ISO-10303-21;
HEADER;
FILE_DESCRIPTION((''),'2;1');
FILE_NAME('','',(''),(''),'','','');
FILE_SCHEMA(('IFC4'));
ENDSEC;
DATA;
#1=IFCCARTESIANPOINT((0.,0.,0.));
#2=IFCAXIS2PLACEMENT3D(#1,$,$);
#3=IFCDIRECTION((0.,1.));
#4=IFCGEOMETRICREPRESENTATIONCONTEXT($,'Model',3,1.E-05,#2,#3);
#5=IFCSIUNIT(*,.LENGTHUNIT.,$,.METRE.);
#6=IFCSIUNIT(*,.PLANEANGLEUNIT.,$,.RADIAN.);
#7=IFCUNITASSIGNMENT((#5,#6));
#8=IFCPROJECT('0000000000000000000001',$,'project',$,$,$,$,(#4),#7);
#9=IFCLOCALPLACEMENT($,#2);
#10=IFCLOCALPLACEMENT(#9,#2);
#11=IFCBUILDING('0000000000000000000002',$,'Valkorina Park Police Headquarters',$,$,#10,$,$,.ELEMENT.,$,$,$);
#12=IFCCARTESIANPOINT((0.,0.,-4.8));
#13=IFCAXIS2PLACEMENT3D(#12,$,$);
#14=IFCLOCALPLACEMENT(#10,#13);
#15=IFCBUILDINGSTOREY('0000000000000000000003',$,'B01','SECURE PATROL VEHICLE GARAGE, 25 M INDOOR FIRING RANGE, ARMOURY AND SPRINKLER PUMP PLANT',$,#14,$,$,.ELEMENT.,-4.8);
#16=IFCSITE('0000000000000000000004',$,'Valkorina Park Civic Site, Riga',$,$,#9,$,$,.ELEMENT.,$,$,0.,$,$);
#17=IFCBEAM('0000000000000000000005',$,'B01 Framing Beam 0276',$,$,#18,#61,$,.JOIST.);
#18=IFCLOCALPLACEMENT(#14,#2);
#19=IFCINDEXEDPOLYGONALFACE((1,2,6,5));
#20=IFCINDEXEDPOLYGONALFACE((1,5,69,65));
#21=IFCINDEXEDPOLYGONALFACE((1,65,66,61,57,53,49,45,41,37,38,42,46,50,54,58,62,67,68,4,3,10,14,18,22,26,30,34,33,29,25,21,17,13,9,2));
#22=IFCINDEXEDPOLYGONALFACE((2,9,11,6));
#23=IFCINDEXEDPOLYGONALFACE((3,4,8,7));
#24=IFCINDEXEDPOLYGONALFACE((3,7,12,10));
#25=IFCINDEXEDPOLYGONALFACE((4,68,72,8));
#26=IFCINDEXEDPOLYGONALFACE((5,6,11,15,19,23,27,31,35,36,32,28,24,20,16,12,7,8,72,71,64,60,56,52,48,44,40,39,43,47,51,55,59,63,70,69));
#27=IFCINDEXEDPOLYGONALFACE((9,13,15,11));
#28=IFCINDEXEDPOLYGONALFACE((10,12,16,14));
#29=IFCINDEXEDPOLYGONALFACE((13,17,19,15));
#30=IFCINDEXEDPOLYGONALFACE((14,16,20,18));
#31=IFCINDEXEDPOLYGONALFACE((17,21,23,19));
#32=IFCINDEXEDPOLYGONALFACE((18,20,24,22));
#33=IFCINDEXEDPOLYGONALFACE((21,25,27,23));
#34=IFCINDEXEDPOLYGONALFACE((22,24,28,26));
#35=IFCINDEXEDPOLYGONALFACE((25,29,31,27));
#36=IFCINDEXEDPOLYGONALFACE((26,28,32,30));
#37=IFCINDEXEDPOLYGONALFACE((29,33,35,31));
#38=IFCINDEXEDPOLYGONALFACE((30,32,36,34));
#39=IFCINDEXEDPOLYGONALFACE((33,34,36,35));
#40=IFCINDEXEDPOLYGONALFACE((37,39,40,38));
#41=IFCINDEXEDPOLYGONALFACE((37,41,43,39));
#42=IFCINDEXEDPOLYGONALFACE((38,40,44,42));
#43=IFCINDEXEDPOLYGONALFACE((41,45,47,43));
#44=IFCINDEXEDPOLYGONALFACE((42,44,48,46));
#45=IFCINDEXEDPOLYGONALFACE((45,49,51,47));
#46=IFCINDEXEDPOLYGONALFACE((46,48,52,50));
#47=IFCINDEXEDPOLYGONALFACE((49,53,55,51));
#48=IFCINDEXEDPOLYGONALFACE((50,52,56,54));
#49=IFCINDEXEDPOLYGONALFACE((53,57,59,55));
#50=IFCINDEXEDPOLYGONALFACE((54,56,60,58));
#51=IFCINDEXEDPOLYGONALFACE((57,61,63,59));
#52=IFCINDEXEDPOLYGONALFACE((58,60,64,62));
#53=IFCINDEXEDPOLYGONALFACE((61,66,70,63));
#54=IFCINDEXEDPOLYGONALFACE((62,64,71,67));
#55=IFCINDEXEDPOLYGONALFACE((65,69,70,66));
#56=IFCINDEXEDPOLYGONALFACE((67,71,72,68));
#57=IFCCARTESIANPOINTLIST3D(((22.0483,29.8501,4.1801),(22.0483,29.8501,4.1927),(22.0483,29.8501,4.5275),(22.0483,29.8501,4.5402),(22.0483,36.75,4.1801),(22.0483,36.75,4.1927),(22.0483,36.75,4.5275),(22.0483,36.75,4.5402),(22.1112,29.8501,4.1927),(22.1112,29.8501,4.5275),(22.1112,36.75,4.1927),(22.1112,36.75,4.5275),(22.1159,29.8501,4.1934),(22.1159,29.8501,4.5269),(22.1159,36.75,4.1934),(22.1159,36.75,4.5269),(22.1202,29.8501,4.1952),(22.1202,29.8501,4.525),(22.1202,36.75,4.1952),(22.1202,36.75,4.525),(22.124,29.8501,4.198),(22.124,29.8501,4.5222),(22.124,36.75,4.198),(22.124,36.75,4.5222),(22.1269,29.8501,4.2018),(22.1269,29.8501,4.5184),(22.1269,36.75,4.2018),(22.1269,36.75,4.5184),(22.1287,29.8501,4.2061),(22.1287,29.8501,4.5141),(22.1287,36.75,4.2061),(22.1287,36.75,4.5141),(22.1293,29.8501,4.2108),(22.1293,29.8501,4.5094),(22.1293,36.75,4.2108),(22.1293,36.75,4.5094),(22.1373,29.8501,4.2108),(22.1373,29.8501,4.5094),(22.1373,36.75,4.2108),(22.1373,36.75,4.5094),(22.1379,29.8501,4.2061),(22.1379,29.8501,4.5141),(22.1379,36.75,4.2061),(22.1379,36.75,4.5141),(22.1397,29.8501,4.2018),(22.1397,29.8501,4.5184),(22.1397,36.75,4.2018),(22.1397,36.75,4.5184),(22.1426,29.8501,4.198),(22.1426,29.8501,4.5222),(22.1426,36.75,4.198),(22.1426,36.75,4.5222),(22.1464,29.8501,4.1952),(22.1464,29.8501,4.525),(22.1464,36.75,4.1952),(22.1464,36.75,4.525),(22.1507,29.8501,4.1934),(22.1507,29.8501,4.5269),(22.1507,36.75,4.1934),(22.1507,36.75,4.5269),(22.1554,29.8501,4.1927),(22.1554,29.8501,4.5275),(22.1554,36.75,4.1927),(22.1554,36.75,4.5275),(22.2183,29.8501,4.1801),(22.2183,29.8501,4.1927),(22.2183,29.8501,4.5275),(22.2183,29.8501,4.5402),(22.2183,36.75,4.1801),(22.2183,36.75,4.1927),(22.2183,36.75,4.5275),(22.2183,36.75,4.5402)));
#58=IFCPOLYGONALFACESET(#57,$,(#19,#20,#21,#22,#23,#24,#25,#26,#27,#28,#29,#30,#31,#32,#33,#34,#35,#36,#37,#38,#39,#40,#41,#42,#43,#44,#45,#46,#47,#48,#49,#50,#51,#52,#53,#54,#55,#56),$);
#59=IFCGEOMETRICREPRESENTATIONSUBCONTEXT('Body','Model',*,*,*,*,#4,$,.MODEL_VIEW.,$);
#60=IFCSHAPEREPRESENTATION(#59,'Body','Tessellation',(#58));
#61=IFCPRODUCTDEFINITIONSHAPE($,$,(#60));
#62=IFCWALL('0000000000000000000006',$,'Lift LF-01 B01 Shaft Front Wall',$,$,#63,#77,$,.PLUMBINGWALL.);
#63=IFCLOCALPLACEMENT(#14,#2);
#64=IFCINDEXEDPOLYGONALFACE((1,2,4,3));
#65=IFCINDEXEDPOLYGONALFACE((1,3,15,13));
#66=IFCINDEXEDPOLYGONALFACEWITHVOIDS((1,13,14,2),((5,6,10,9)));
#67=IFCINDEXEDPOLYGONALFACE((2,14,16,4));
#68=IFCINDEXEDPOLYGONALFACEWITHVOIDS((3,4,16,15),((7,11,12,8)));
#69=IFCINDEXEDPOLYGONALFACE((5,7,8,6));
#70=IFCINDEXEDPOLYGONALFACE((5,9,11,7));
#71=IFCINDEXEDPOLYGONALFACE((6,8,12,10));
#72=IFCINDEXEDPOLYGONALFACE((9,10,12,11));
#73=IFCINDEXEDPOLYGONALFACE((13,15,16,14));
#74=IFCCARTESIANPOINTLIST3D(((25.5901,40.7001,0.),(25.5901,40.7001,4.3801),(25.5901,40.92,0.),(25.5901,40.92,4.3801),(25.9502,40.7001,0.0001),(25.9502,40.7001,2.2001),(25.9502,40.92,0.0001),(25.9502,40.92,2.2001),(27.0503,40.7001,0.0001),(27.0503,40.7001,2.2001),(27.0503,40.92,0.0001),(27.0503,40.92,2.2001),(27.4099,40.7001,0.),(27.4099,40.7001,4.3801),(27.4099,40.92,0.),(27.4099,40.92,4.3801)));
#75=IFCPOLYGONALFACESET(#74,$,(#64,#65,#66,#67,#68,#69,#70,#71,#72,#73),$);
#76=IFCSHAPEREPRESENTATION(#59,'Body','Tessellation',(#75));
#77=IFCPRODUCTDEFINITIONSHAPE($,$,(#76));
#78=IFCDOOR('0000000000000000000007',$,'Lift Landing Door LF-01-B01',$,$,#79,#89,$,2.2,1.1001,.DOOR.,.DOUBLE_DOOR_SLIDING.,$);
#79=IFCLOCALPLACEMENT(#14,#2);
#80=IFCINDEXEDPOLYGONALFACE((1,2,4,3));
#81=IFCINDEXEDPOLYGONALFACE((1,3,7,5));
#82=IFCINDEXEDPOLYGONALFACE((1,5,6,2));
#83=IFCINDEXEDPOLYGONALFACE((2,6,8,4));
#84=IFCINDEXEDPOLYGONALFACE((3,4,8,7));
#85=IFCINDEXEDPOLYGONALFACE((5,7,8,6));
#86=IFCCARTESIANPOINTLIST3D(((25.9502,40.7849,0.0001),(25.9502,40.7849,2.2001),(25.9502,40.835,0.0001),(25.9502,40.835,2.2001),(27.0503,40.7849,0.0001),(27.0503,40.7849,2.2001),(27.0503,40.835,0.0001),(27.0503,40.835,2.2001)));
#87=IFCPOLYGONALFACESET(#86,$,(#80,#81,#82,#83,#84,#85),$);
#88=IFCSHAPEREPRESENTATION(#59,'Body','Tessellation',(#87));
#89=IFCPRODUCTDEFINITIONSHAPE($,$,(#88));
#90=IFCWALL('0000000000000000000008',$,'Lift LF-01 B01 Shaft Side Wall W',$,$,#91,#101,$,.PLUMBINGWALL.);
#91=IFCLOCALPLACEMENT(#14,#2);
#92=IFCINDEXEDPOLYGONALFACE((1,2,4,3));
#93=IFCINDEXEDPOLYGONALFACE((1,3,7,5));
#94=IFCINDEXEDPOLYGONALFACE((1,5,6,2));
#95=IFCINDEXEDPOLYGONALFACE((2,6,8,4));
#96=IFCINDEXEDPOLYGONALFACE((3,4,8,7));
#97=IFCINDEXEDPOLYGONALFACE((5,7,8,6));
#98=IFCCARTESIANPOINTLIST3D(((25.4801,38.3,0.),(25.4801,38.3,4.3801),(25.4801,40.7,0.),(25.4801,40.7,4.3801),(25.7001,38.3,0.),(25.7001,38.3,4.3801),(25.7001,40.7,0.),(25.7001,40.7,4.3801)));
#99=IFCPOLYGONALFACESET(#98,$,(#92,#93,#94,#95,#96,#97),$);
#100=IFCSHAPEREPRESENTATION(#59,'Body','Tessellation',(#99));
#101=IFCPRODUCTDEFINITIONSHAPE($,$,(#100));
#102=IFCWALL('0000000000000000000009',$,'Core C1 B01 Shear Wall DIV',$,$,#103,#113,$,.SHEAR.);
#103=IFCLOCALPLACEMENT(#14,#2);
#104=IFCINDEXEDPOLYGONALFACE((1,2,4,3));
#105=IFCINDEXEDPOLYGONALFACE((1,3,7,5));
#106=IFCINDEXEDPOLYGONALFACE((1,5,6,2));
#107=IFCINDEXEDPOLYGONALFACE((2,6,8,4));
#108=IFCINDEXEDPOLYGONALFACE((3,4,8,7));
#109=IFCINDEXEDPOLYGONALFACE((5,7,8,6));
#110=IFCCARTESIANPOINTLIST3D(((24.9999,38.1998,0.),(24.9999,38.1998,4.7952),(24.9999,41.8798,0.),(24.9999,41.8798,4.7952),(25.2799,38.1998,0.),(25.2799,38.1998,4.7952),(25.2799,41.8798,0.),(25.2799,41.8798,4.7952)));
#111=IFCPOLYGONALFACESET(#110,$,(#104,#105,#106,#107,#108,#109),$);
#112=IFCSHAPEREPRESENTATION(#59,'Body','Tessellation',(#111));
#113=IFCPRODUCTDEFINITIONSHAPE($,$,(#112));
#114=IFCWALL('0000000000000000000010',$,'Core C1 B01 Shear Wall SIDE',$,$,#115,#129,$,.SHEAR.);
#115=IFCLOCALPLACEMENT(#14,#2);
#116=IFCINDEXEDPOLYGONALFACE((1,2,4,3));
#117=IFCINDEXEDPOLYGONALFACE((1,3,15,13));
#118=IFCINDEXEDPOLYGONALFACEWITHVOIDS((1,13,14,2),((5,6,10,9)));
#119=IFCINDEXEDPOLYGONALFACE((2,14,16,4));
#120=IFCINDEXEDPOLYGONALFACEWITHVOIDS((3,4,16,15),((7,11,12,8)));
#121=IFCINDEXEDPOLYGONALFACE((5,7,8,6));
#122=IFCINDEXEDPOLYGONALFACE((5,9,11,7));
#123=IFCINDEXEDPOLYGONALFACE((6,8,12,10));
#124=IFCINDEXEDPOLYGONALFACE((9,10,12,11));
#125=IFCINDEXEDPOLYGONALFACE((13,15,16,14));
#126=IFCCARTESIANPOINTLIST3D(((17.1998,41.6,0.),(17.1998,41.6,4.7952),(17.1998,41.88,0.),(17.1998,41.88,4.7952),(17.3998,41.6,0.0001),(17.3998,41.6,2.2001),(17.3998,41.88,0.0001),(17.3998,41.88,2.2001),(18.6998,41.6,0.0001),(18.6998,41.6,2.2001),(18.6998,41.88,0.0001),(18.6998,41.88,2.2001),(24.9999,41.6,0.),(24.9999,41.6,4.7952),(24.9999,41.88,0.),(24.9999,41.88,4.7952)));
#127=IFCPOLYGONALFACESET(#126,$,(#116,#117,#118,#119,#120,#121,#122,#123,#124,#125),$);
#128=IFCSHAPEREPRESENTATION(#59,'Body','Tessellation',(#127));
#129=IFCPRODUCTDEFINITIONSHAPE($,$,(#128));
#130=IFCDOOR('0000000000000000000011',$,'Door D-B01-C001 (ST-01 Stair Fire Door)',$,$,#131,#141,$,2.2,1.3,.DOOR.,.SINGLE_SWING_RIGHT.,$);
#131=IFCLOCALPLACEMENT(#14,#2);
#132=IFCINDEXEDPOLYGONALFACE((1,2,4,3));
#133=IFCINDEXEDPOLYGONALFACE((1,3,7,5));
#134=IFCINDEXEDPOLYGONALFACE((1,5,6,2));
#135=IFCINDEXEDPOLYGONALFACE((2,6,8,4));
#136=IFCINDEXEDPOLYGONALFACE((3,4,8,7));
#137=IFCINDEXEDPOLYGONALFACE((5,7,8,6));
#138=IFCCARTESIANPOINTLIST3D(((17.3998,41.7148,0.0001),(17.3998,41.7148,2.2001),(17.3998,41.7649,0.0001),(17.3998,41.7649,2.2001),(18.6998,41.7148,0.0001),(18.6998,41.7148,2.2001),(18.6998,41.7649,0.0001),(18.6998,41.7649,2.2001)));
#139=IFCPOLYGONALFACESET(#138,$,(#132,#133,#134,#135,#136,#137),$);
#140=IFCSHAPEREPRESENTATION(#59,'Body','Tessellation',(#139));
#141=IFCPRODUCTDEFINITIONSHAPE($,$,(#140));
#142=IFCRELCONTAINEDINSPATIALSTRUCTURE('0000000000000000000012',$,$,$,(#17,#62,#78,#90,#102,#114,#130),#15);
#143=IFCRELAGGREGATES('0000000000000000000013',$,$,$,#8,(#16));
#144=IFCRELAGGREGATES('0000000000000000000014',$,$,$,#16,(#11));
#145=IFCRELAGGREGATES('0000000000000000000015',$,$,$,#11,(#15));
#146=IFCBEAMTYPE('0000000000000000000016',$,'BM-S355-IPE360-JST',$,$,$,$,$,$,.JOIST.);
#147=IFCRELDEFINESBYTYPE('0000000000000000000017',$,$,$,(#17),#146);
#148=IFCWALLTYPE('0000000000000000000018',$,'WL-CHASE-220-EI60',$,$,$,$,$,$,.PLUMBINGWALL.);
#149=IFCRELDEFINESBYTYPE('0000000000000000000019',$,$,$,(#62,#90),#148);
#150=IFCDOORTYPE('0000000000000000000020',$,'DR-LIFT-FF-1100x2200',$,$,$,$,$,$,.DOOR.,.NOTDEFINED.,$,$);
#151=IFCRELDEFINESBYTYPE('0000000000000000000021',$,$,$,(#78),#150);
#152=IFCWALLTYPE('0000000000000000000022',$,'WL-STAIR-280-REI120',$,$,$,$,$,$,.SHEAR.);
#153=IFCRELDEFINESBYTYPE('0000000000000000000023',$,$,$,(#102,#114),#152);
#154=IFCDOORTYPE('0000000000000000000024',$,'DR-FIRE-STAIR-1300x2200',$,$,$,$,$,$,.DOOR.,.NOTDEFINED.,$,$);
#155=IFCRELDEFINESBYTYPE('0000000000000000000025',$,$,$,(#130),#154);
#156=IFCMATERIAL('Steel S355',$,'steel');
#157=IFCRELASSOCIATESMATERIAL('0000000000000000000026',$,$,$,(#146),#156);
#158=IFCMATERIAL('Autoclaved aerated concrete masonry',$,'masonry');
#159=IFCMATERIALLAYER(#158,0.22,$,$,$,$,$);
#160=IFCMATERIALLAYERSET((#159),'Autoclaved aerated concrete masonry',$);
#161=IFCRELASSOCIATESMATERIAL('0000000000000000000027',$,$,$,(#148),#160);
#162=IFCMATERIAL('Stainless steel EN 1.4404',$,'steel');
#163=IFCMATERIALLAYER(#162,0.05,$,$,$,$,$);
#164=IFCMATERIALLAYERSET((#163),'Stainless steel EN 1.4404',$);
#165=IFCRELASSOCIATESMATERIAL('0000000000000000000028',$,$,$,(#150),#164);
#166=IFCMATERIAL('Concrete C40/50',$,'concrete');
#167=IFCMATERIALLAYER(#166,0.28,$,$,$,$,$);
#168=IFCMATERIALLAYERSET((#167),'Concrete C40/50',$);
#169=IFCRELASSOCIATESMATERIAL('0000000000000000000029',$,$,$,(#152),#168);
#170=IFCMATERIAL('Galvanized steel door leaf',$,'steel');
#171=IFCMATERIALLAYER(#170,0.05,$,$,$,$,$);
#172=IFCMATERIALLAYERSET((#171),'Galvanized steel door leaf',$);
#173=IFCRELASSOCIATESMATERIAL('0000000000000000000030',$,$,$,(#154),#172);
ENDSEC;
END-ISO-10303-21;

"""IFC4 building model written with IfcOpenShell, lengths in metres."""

from ifc_helpers import new_model, si_unit, direction, frame, frame_2d, origin, origin_2d, place, context, subcontext, project, spatial, rectangle, i_section, extrude, material, layer, layer_set, material_profile, profile_set, type_object, element, fill, save


model = new_model("IFC4")

# Units and contexts
model_context = context("Model", 3, precision=1e-05, world=origin(), true_north=direction((0.0, 1.0)))
body_context = subcontext(model_context, "Body", "Model", "MODEL_VIEW")
ifc_project = project(units=[si_unit("LENGTHUNIT", "METRE"), si_unit("PLANEANGLEUNIT", "RADIAN")], contexts=[model_context])

# Site, building, storey
site_placement = place(None, origin())
site = spatial("IfcSite", under=ifc_project, at=site_placement, Name="Valkorina Park Civic Site, Riga", CompositionType="ELEMENT", RefElevation=0.0)
building_placement = place(site_placement, origin())
building = spatial("IfcBuilding", under=site, at=building_placement, Name="Valkorina Park Police Headquarters", CompositionType="ELEMENT")
storey_placement = place(building_placement, frame((0.0, 0.0, -4.8)))
storey = spatial("IfcBuildingStorey", under=building, at=storey_placement, Name="B01", Description="SECURE PATROL VEHICLE GARAGE, 25 M INDOOR FIRING RANGE, ARMOURY AND SPRINKLER PUMP PLANT", CompositionType="ELEMENT", Elevation=-4.8)

# Shared definitions
ifc_material_1 = material(Name="Concrete C40/50", Category="concrete")

# Beam
ifc_material_2 = material(Name="Steel S355", Category="steel")
ifc_material_profile_1 = material_profile(ifc_material_2, i_section(OverallWidth=0.1699, OverallDepth=0.3601, WebThickness=0.0081, FlangeThickness=0.0127, FilletRadius=0.0181, at=origin_2d()), Name="IPE 360")
ifc_profile_set_1 = profile_set([ifc_material_profile_1], Name="Steel S355")
beam_type_1 = type_object("IfcBeamType", Name="BM-S355-IPE360-JST", PredefinedType="JOIST", material=ifc_profile_set_1)
for number, where, z_axis, x_axis, name in (
    (1, (22.1333, 29.8501, 4.3601), (0.0, 1.0, 0.0), (-1.0, 0.0, 0.0), "B01 Framing Beam 0276"),
):
    element("IfcBeam", number, at=place(storey_placement, frame(where, z_axis=z_axis, x_axis=x_axis)), inside=storey, type_object=beam_type_1, Name=name, PredefinedType="JOIST", context=body_context, shape_type="SweptSolid", body=[
        extrude(i_section(OverallWidth=0.1699, OverallDepth=0.3601, WebThickness=0.0081, FlangeThickness=0.0127, FilletRadius=0.0181, at=origin_2d()), origin(), (0.0, 0.0, 1.0), 6.8999),
    ])

# Wall, opening, door
ifc_material_3 = material(Name="Autoclaved aerated concrete masonry", Category="masonry")
ifc_layer_1 = layer(ifc_material_3, 0.22)
ifc_layer_set_1 = layer_set([ifc_layer_1], Name="Autoclaved aerated concrete masonry")
wall_type_1 = type_object("IfcWallType", Name="WL-CHASE-220-EI60", PredefinedType="PLUMBINGWALL", material=ifc_layer_set_1)
wall_1_placement = place(storey_placement, frame((25.5901, 40.8101, 0.0), z_axis=(0.0, 0.0, 1.0), x_axis=(1.0, 0.0, 0.0)))
wall_1 = element("IfcWall", 2, at=wall_1_placement, inside=storey, type_object=wall_type_1, Name="Lift LF-01 B01 Shaft Front Wall", PredefinedType="PLUMBINGWALL", context=body_context, shape_type="SweptSolid", body=[
    extrude(rectangle(XDim=1.8198, YDim=0.22, at=frame_2d((0.9099, 0.0))), origin(), (0.0, 0.0, 1.0), 4.3801),
])
opening_1_placement = place(wall_1_placement, frame((0.3601, 0.0, 0.0)))
opening_1 = element("IfcOpeningElement", 3, at=opening_1_placement, cuts=wall_1, PredefinedType="OPENING", context=body_context, shape_type="SweptSolid", body=[
    extrude(rectangle(XDim=1.1001, YDim=2.2, at=frame_2d((0.55, 1.1001))), frame((0.0, 0.1201, 0.0), z_axis=(0.0, -1.0, 0.0), x_axis=(1.0, 0.0, 0.0)), (0.0, 0.0, 1.0), 0.24),
])
ifc_material_4 = material(Name="Stainless steel EN 1.4404", Category="steel")
ifc_layer_2 = layer(ifc_material_4, 0.05)
ifc_layer_set_2 = layer_set([ifc_layer_2], Name="Stainless steel EN 1.4404")
door_type_1 = type_object("IfcDoorType", Name="DR-LIFT-FF-1100x2200", OperationType="NOTDEFINED", PredefinedType="DOOR", material=ifc_layer_set_2)
door_1_placement = place(opening_1_placement, origin())
door_1 = element("IfcDoor", 4, at=door_1_placement, inside=storey, type_object=door_type_1, Name="Lift Landing Door LF-01-B01", OperationType="DOUBLE_DOOR_SLIDING", OverallHeight=2.2, OverallWidth=1.1001, PredefinedType="DOOR", context=body_context, shape_type="SweptSolid", body=[
    extrude(rectangle(XDim=1.1001, YDim=2.2, at=frame_2d((0.55, 1.1001))), frame((0.0, 0.0249, 0.0), z_axis=(0.0, -1.0, 0.0), x_axis=(1.0, 0.0, 0.0)), (0.0, 0.0, 1.0), 0.05),
])
fill(opening_1, door_1)

# Walls
wall_2_placement = place(storey_placement, frame((25.5901, 38.3, 0.0), z_axis=(0.0, 0.0, 1.0), x_axis=(0.0, 1.0, 0.0)))
element("IfcWall", 5, at=wall_2_placement, inside=storey, type_object=wall_type_1, Name="Lift LF-01 B01 Shaft Side Wall W", PredefinedType="PLUMBINGWALL", context=body_context, shape_type="SweptSolid", body=[
    extrude(rectangle(XDim=2.3999, YDim=0.22, at=frame_2d((1.2, 0.0))), origin(), (0.0, 0.0, 1.0), 4.3801),
])
ifc_layer_3 = layer(ifc_material_1, 0.28)
ifc_layer_set_3 = layer_set([ifc_layer_3], Name="Concrete C40/50")
wall_type_2 = type_object("IfcWallType", Name="WL-STAIR-280-REI120", PredefinedType="SHEAR", material=ifc_layer_set_3)
wall_3_placement = place(storey_placement, frame((25.1399, 38.2, 0.0), z_axis=(0.0, 0.0, 1.0), x_axis=(0.0, 1.0, 0.0)))
element("IfcWall", 6, at=wall_3_placement, inside=storey, type_object=wall_type_2, Name="Core C1 B01 Shear Wall DIV", PredefinedType="SHEAR", context=body_context, shape_type="SweptSolid", body=[
    extrude(rectangle(XDim=3.6799, YDim=0.28, at=frame_2d((1.8398, 0.0))), origin(), (0.0, 0.0, 1.0), 4.7952),
])

# Wall, opening, door
wall_4_placement = place(storey_placement, frame((17.2, 41.74, 0.0), z_axis=(0.0, 0.0, 1.0), x_axis=(1.0, 0.0, 0.0)))
wall_4 = element("IfcWall", 7, at=wall_4_placement, inside=storey, type_object=wall_type_2, Name="Core C1 B01 Shear Wall SIDE", PredefinedType="SHEAR", context=body_context, shape_type="SweptSolid", body=[
    extrude(rectangle(XDim=7.8, YDim=0.28, at=frame_2d((3.8999, 0.0))), origin(), (0.0, 0.0, 1.0), 4.7952),
])
opening_2_placement = place(wall_4_placement, frame((0.2, 0.0, 0.0)))
opening_2 = element("IfcOpeningElement", 8, at=opening_2_placement, cuts=wall_4, PredefinedType="OPENING", context=body_context, shape_type="SweptSolid", body=[
    extrude(rectangle(XDim=1.3, YDim=2.2, at=frame_2d((0.6499, 1.1001))), frame((0.0, 0.1499, 0.0), z_axis=(0.0, -1.0, 0.0), x_axis=(1.0, 0.0, 0.0)), (0.0, 0.0, 1.0), 0.3),
])
ifc_material_5 = material(Name="Galvanized steel door leaf", Category="steel")
ifc_layer_4 = layer(ifc_material_5, 0.05)
ifc_layer_set_4 = layer_set([ifc_layer_4], Name="Galvanized steel door leaf")
door_type_2 = type_object("IfcDoorType", Name="DR-FIRE-STAIR-1300x2200", OperationType="NOTDEFINED", PredefinedType="DOOR", material=ifc_layer_set_4)
door_2_placement = place(opening_2_placement, origin())
door_2 = element("IfcDoor", 9, at=door_2_placement, inside=storey, type_object=door_type_2, Name="Door D-B01-C001 (ST-01 Stair Fire Door)", OperationType="SINGLE_SWING_RIGHT", OverallHeight=2.2, OverallWidth=1.3, PredefinedType="DOOR", context=body_context, shape_type="SweptSolid", body=[
    extrude(rectangle(XDim=1.3, YDim=2.2, at=frame_2d((0.6499, 1.1001))), frame((0.0, 0.0249, 0.0), z_axis=(0.0, -1.0, 0.0), x_axis=(1.0, 0.0, 0.0)), (0.0, 0.0, 1.0), 0.05),
])
fill(opening_2, door_2)

save(model, "model.ifc")
